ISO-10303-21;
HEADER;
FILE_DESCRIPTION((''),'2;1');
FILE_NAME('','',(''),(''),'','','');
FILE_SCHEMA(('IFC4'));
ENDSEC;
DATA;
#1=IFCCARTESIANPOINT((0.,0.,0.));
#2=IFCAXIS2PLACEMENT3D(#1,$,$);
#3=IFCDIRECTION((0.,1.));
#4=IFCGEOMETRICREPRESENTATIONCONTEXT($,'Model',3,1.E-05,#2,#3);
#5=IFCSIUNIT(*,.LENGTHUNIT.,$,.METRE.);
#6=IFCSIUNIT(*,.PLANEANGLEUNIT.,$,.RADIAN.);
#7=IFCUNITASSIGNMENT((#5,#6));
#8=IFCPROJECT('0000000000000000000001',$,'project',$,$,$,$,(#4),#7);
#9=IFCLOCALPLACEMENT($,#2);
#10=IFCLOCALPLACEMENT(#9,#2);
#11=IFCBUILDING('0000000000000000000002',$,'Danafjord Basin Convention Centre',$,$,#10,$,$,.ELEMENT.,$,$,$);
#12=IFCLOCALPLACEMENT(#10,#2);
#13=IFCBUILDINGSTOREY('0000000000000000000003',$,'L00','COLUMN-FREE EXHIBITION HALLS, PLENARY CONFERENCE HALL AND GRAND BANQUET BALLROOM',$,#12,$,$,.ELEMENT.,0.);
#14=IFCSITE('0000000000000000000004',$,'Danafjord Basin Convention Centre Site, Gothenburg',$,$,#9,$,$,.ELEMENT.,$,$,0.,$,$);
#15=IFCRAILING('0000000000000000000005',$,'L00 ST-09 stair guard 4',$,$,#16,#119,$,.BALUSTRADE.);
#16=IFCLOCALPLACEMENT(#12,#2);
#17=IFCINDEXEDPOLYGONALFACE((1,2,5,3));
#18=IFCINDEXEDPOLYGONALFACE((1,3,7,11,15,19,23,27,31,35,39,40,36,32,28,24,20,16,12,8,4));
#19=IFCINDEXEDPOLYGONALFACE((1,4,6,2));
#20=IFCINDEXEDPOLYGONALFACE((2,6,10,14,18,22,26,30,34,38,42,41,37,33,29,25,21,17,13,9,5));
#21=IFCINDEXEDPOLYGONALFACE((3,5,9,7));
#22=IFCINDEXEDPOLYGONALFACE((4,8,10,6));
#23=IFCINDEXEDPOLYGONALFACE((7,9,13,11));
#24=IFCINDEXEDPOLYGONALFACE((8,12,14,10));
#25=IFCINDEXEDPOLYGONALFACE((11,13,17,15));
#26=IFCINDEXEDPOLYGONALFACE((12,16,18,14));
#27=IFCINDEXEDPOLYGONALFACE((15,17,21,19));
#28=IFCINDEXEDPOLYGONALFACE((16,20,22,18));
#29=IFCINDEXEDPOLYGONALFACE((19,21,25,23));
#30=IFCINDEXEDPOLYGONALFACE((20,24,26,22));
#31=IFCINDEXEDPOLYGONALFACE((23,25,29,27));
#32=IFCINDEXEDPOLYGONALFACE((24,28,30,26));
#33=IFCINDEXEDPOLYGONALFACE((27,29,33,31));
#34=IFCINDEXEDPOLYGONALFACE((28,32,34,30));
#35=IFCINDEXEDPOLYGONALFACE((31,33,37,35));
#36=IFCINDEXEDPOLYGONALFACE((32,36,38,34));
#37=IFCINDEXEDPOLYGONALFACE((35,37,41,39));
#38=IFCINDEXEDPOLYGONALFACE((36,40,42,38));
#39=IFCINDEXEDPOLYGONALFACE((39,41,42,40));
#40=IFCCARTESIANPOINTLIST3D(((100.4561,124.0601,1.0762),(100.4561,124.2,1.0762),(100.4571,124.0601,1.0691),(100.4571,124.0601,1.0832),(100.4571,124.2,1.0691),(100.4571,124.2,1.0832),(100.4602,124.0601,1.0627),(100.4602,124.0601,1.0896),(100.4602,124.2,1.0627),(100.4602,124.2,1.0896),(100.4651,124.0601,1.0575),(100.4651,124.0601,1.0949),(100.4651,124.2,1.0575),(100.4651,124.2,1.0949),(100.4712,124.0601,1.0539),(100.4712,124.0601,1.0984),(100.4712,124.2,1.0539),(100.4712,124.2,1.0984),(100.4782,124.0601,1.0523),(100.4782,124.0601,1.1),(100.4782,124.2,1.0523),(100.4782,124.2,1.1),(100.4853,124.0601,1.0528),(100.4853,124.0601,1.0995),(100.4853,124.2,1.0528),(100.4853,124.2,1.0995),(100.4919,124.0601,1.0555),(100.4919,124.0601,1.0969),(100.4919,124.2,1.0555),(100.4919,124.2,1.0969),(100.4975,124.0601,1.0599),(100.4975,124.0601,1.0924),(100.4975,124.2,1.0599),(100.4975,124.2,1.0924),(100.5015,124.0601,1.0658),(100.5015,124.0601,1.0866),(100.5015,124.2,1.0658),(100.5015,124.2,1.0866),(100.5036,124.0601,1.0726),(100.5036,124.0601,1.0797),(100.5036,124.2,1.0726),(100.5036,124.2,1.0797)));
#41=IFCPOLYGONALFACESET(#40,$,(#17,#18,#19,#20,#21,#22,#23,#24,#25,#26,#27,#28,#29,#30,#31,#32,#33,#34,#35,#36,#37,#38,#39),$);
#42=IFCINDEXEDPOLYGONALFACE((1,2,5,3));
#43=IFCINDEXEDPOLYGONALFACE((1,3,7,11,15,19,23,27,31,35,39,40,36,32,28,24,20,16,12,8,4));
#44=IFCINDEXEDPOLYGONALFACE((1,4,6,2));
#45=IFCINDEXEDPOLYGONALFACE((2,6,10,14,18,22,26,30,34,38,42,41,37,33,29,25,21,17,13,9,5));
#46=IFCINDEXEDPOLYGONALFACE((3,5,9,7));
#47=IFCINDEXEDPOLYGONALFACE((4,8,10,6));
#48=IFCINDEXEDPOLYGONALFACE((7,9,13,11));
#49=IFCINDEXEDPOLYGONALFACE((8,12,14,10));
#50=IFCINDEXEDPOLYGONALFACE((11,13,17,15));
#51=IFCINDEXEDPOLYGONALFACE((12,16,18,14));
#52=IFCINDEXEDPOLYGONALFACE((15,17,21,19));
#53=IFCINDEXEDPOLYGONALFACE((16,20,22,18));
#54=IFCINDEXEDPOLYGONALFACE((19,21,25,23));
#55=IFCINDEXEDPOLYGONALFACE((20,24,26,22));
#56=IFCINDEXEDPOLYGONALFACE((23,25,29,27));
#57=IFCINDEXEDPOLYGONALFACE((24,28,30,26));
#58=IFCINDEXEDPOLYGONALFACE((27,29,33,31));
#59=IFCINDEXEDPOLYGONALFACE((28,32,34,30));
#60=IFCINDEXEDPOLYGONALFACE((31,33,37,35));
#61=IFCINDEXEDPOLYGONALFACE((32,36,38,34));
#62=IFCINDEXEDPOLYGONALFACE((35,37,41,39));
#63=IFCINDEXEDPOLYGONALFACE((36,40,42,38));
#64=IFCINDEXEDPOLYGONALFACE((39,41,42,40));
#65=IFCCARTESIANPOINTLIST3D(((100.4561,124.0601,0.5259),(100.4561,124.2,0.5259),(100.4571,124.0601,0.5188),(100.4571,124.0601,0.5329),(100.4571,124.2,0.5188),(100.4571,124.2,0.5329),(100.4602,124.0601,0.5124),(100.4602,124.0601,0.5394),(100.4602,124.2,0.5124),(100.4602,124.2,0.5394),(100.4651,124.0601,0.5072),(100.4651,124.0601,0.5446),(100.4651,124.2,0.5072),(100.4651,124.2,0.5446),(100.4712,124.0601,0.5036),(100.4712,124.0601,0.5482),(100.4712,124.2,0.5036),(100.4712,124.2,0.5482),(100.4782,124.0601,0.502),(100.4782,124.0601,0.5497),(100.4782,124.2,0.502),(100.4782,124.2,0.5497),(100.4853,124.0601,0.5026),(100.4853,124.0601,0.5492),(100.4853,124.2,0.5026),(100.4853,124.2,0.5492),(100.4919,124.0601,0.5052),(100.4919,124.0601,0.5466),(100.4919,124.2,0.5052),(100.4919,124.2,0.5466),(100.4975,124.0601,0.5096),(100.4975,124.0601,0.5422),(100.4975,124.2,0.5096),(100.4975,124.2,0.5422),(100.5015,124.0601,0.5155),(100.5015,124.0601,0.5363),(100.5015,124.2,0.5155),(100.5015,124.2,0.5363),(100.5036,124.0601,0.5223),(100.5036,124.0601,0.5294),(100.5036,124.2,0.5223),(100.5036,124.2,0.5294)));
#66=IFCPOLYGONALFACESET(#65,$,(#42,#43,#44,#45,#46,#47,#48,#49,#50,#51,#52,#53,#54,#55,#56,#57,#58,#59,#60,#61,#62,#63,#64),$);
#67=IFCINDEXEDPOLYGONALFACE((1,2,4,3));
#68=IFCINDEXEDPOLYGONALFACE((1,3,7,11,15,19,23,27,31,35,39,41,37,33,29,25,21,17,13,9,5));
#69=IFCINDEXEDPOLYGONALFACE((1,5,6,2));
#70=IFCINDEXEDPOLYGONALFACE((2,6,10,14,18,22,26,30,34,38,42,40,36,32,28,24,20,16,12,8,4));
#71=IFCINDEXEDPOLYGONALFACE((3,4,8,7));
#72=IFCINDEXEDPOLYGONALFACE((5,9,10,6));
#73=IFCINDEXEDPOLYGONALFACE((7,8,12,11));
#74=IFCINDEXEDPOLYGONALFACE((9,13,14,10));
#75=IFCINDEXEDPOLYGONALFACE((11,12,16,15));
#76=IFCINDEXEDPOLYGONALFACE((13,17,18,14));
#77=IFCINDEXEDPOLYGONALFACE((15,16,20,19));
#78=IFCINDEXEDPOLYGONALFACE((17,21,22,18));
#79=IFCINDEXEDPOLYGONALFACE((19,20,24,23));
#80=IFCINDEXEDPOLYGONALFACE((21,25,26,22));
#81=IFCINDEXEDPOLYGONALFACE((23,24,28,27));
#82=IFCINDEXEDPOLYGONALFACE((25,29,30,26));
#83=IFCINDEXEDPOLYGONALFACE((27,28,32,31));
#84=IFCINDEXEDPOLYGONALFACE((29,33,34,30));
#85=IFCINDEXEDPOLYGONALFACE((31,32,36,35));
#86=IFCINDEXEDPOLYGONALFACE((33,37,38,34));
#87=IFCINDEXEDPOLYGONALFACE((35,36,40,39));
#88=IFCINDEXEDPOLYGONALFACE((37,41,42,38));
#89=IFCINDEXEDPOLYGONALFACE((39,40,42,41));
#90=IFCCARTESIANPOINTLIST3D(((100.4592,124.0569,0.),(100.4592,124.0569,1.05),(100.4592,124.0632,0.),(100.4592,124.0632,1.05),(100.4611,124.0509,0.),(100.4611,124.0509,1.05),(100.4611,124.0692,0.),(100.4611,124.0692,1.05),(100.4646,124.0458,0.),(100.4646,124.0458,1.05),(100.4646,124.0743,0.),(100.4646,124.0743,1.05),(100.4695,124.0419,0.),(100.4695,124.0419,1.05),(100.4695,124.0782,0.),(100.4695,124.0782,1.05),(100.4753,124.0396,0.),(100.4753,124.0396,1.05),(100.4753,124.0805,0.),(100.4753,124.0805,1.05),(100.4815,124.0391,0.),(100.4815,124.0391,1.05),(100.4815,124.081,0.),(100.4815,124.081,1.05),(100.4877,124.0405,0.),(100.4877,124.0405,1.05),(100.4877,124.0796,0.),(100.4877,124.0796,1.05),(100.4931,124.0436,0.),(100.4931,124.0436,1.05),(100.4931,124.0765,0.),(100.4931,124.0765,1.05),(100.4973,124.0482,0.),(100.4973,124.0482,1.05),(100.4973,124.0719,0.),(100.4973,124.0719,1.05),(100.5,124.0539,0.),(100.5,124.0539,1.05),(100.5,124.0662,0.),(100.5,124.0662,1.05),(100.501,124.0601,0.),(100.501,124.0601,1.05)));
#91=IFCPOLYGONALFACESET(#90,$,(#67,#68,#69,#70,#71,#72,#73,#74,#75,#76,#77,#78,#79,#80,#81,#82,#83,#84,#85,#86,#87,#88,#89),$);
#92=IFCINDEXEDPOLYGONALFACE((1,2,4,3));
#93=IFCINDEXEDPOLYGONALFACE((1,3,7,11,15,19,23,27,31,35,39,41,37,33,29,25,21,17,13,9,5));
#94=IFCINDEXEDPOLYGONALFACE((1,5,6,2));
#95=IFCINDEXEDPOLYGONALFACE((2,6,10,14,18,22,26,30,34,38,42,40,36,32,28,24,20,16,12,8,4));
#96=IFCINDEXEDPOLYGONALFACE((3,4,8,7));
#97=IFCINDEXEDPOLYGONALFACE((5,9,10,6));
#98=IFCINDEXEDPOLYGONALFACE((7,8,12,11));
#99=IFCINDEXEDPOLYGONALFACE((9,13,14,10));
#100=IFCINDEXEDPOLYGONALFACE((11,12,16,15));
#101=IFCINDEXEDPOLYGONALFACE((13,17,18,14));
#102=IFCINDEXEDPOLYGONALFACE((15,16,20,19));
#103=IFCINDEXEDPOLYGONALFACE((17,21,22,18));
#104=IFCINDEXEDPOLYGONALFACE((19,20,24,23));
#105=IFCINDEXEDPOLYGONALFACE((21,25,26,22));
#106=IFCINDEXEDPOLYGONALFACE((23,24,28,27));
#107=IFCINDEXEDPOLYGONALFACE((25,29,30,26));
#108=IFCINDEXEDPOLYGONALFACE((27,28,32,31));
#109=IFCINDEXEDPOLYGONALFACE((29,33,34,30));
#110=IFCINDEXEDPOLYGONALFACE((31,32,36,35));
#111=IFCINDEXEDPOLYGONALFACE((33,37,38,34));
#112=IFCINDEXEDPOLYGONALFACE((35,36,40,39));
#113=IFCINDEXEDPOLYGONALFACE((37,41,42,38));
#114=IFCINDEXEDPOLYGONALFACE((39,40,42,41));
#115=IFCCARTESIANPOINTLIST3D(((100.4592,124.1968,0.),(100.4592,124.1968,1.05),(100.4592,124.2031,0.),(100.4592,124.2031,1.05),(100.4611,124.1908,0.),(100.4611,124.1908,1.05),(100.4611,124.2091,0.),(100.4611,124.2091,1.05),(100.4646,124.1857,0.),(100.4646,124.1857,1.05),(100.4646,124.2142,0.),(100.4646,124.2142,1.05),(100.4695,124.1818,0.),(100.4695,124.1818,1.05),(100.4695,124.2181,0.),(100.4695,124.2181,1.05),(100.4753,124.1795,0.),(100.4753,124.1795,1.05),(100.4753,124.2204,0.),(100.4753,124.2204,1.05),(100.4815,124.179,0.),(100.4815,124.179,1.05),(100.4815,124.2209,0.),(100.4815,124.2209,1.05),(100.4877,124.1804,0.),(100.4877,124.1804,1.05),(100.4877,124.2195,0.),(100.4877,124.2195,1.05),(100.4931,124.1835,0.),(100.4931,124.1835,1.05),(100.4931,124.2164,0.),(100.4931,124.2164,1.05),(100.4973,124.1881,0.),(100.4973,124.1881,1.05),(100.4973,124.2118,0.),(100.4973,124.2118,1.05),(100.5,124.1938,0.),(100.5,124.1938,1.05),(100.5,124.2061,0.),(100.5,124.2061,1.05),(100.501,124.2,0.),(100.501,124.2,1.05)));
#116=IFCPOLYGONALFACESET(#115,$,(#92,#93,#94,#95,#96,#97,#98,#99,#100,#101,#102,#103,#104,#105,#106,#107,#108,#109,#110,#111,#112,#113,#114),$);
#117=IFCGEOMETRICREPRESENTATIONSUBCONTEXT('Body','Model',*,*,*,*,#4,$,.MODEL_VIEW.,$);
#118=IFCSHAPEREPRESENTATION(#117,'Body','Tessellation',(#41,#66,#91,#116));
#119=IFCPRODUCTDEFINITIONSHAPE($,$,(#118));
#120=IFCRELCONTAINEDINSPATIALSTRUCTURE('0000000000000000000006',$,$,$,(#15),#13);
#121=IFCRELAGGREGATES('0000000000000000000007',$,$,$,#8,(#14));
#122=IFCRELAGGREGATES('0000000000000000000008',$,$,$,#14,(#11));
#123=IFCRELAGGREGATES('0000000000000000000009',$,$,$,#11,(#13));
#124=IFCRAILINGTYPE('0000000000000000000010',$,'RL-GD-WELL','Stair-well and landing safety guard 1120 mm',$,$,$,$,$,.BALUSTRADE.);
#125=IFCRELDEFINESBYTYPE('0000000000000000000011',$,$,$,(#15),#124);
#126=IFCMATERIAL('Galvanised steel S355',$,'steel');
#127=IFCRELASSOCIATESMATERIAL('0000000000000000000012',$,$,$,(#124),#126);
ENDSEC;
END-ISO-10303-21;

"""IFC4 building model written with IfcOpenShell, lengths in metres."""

from ifc_helpers import new_model, si_unit, direction, frame, origin, origin_2d, place, context, subcontext, project, spatial, circle, extrude, material, type_object, element, save


model = new_model("IFC4")

# Units and contexts
model_context = context("Model", 3, precision=1e-05, world=origin(), true_north=direction((0.0, 1.0)))
body_context = subcontext(model_context, "Body", "Model", "MODEL_VIEW")
ifc_project = project(units=[si_unit("LENGTHUNIT", "METRE"), si_unit("PLANEANGLEUNIT", "RADIAN")], contexts=[model_context])

# Site, building, storey
site_placement = place(None, origin())
site = spatial("IfcSite", under=ifc_project, at=site_placement, Name="Danafjord Basin Convention Centre Site, Gothenburg", CompositionType="ELEMENT", RefElevation=0.0)
building_placement = place(site_placement, origin())
building = spatial("IfcBuilding", under=site, at=building_placement, Name="Danafjord Basin Convention Centre", CompositionType="ELEMENT")
storey_placement = place(building_placement, origin())
storey = spatial("IfcBuildingStorey", under=building, at=storey_placement, Name="L00", Description="COLUMN-FREE EXHIBITION HALLS, PLENARY CONFERENCE HALL AND GRAND BANQUET BALLROOM", CompositionType="ELEMENT", Elevation=0.0)

# Railing
ifc_material_1 = material(Name="Galvanised steel S355", Category="steel")
railing_type_1 = type_object("IfcRailingType", Name="RL-GD-WELL", Description="Stair-well and landing safety guard 1120 mm", PredefinedType="BALUSTRADE", material=ifc_material_1)
railing_1_placement = place(storey_placement, frame((100.48, 124.0601, 0.0)))
element("IfcRailing", 1, at=railing_1_placement, inside=storey, type_object=railing_type_1, Name="L00 ST-09 stair guard 4", PredefinedType="BALUSTRADE", context=body_context, shape_type="SweptSolid", body=[
    extrude(circle(Radius=0.0239, at=origin_2d()), frame((0.0, 0.0, 1.0762), z_axis=(0.0, 1.0, 0.0), x_axis=(-1.0, 0.0, 0.0)), (0.0, 0.0, 1.0), 0.1399),
    extrude(circle(Radius=0.0239, at=origin_2d()), frame((0.0, 0.0, 0.5259), z_axis=(0.0, 1.0, 0.0), x_axis=(-1.0, 0.0, 0.0)), (0.0, 0.0, 1.0), 0.1399),
    extrude(circle(Radius=0.021, at=origin_2d()), origin(), (0.0, 0.0, 1.0), 1.05),
    extrude(circle(Radius=0.021, at=origin_2d()), frame((0.0, 0.1399, 0.0)), (0.0, 0.0, 1.0), 1.05),
])

save(model, "model.ifc")
